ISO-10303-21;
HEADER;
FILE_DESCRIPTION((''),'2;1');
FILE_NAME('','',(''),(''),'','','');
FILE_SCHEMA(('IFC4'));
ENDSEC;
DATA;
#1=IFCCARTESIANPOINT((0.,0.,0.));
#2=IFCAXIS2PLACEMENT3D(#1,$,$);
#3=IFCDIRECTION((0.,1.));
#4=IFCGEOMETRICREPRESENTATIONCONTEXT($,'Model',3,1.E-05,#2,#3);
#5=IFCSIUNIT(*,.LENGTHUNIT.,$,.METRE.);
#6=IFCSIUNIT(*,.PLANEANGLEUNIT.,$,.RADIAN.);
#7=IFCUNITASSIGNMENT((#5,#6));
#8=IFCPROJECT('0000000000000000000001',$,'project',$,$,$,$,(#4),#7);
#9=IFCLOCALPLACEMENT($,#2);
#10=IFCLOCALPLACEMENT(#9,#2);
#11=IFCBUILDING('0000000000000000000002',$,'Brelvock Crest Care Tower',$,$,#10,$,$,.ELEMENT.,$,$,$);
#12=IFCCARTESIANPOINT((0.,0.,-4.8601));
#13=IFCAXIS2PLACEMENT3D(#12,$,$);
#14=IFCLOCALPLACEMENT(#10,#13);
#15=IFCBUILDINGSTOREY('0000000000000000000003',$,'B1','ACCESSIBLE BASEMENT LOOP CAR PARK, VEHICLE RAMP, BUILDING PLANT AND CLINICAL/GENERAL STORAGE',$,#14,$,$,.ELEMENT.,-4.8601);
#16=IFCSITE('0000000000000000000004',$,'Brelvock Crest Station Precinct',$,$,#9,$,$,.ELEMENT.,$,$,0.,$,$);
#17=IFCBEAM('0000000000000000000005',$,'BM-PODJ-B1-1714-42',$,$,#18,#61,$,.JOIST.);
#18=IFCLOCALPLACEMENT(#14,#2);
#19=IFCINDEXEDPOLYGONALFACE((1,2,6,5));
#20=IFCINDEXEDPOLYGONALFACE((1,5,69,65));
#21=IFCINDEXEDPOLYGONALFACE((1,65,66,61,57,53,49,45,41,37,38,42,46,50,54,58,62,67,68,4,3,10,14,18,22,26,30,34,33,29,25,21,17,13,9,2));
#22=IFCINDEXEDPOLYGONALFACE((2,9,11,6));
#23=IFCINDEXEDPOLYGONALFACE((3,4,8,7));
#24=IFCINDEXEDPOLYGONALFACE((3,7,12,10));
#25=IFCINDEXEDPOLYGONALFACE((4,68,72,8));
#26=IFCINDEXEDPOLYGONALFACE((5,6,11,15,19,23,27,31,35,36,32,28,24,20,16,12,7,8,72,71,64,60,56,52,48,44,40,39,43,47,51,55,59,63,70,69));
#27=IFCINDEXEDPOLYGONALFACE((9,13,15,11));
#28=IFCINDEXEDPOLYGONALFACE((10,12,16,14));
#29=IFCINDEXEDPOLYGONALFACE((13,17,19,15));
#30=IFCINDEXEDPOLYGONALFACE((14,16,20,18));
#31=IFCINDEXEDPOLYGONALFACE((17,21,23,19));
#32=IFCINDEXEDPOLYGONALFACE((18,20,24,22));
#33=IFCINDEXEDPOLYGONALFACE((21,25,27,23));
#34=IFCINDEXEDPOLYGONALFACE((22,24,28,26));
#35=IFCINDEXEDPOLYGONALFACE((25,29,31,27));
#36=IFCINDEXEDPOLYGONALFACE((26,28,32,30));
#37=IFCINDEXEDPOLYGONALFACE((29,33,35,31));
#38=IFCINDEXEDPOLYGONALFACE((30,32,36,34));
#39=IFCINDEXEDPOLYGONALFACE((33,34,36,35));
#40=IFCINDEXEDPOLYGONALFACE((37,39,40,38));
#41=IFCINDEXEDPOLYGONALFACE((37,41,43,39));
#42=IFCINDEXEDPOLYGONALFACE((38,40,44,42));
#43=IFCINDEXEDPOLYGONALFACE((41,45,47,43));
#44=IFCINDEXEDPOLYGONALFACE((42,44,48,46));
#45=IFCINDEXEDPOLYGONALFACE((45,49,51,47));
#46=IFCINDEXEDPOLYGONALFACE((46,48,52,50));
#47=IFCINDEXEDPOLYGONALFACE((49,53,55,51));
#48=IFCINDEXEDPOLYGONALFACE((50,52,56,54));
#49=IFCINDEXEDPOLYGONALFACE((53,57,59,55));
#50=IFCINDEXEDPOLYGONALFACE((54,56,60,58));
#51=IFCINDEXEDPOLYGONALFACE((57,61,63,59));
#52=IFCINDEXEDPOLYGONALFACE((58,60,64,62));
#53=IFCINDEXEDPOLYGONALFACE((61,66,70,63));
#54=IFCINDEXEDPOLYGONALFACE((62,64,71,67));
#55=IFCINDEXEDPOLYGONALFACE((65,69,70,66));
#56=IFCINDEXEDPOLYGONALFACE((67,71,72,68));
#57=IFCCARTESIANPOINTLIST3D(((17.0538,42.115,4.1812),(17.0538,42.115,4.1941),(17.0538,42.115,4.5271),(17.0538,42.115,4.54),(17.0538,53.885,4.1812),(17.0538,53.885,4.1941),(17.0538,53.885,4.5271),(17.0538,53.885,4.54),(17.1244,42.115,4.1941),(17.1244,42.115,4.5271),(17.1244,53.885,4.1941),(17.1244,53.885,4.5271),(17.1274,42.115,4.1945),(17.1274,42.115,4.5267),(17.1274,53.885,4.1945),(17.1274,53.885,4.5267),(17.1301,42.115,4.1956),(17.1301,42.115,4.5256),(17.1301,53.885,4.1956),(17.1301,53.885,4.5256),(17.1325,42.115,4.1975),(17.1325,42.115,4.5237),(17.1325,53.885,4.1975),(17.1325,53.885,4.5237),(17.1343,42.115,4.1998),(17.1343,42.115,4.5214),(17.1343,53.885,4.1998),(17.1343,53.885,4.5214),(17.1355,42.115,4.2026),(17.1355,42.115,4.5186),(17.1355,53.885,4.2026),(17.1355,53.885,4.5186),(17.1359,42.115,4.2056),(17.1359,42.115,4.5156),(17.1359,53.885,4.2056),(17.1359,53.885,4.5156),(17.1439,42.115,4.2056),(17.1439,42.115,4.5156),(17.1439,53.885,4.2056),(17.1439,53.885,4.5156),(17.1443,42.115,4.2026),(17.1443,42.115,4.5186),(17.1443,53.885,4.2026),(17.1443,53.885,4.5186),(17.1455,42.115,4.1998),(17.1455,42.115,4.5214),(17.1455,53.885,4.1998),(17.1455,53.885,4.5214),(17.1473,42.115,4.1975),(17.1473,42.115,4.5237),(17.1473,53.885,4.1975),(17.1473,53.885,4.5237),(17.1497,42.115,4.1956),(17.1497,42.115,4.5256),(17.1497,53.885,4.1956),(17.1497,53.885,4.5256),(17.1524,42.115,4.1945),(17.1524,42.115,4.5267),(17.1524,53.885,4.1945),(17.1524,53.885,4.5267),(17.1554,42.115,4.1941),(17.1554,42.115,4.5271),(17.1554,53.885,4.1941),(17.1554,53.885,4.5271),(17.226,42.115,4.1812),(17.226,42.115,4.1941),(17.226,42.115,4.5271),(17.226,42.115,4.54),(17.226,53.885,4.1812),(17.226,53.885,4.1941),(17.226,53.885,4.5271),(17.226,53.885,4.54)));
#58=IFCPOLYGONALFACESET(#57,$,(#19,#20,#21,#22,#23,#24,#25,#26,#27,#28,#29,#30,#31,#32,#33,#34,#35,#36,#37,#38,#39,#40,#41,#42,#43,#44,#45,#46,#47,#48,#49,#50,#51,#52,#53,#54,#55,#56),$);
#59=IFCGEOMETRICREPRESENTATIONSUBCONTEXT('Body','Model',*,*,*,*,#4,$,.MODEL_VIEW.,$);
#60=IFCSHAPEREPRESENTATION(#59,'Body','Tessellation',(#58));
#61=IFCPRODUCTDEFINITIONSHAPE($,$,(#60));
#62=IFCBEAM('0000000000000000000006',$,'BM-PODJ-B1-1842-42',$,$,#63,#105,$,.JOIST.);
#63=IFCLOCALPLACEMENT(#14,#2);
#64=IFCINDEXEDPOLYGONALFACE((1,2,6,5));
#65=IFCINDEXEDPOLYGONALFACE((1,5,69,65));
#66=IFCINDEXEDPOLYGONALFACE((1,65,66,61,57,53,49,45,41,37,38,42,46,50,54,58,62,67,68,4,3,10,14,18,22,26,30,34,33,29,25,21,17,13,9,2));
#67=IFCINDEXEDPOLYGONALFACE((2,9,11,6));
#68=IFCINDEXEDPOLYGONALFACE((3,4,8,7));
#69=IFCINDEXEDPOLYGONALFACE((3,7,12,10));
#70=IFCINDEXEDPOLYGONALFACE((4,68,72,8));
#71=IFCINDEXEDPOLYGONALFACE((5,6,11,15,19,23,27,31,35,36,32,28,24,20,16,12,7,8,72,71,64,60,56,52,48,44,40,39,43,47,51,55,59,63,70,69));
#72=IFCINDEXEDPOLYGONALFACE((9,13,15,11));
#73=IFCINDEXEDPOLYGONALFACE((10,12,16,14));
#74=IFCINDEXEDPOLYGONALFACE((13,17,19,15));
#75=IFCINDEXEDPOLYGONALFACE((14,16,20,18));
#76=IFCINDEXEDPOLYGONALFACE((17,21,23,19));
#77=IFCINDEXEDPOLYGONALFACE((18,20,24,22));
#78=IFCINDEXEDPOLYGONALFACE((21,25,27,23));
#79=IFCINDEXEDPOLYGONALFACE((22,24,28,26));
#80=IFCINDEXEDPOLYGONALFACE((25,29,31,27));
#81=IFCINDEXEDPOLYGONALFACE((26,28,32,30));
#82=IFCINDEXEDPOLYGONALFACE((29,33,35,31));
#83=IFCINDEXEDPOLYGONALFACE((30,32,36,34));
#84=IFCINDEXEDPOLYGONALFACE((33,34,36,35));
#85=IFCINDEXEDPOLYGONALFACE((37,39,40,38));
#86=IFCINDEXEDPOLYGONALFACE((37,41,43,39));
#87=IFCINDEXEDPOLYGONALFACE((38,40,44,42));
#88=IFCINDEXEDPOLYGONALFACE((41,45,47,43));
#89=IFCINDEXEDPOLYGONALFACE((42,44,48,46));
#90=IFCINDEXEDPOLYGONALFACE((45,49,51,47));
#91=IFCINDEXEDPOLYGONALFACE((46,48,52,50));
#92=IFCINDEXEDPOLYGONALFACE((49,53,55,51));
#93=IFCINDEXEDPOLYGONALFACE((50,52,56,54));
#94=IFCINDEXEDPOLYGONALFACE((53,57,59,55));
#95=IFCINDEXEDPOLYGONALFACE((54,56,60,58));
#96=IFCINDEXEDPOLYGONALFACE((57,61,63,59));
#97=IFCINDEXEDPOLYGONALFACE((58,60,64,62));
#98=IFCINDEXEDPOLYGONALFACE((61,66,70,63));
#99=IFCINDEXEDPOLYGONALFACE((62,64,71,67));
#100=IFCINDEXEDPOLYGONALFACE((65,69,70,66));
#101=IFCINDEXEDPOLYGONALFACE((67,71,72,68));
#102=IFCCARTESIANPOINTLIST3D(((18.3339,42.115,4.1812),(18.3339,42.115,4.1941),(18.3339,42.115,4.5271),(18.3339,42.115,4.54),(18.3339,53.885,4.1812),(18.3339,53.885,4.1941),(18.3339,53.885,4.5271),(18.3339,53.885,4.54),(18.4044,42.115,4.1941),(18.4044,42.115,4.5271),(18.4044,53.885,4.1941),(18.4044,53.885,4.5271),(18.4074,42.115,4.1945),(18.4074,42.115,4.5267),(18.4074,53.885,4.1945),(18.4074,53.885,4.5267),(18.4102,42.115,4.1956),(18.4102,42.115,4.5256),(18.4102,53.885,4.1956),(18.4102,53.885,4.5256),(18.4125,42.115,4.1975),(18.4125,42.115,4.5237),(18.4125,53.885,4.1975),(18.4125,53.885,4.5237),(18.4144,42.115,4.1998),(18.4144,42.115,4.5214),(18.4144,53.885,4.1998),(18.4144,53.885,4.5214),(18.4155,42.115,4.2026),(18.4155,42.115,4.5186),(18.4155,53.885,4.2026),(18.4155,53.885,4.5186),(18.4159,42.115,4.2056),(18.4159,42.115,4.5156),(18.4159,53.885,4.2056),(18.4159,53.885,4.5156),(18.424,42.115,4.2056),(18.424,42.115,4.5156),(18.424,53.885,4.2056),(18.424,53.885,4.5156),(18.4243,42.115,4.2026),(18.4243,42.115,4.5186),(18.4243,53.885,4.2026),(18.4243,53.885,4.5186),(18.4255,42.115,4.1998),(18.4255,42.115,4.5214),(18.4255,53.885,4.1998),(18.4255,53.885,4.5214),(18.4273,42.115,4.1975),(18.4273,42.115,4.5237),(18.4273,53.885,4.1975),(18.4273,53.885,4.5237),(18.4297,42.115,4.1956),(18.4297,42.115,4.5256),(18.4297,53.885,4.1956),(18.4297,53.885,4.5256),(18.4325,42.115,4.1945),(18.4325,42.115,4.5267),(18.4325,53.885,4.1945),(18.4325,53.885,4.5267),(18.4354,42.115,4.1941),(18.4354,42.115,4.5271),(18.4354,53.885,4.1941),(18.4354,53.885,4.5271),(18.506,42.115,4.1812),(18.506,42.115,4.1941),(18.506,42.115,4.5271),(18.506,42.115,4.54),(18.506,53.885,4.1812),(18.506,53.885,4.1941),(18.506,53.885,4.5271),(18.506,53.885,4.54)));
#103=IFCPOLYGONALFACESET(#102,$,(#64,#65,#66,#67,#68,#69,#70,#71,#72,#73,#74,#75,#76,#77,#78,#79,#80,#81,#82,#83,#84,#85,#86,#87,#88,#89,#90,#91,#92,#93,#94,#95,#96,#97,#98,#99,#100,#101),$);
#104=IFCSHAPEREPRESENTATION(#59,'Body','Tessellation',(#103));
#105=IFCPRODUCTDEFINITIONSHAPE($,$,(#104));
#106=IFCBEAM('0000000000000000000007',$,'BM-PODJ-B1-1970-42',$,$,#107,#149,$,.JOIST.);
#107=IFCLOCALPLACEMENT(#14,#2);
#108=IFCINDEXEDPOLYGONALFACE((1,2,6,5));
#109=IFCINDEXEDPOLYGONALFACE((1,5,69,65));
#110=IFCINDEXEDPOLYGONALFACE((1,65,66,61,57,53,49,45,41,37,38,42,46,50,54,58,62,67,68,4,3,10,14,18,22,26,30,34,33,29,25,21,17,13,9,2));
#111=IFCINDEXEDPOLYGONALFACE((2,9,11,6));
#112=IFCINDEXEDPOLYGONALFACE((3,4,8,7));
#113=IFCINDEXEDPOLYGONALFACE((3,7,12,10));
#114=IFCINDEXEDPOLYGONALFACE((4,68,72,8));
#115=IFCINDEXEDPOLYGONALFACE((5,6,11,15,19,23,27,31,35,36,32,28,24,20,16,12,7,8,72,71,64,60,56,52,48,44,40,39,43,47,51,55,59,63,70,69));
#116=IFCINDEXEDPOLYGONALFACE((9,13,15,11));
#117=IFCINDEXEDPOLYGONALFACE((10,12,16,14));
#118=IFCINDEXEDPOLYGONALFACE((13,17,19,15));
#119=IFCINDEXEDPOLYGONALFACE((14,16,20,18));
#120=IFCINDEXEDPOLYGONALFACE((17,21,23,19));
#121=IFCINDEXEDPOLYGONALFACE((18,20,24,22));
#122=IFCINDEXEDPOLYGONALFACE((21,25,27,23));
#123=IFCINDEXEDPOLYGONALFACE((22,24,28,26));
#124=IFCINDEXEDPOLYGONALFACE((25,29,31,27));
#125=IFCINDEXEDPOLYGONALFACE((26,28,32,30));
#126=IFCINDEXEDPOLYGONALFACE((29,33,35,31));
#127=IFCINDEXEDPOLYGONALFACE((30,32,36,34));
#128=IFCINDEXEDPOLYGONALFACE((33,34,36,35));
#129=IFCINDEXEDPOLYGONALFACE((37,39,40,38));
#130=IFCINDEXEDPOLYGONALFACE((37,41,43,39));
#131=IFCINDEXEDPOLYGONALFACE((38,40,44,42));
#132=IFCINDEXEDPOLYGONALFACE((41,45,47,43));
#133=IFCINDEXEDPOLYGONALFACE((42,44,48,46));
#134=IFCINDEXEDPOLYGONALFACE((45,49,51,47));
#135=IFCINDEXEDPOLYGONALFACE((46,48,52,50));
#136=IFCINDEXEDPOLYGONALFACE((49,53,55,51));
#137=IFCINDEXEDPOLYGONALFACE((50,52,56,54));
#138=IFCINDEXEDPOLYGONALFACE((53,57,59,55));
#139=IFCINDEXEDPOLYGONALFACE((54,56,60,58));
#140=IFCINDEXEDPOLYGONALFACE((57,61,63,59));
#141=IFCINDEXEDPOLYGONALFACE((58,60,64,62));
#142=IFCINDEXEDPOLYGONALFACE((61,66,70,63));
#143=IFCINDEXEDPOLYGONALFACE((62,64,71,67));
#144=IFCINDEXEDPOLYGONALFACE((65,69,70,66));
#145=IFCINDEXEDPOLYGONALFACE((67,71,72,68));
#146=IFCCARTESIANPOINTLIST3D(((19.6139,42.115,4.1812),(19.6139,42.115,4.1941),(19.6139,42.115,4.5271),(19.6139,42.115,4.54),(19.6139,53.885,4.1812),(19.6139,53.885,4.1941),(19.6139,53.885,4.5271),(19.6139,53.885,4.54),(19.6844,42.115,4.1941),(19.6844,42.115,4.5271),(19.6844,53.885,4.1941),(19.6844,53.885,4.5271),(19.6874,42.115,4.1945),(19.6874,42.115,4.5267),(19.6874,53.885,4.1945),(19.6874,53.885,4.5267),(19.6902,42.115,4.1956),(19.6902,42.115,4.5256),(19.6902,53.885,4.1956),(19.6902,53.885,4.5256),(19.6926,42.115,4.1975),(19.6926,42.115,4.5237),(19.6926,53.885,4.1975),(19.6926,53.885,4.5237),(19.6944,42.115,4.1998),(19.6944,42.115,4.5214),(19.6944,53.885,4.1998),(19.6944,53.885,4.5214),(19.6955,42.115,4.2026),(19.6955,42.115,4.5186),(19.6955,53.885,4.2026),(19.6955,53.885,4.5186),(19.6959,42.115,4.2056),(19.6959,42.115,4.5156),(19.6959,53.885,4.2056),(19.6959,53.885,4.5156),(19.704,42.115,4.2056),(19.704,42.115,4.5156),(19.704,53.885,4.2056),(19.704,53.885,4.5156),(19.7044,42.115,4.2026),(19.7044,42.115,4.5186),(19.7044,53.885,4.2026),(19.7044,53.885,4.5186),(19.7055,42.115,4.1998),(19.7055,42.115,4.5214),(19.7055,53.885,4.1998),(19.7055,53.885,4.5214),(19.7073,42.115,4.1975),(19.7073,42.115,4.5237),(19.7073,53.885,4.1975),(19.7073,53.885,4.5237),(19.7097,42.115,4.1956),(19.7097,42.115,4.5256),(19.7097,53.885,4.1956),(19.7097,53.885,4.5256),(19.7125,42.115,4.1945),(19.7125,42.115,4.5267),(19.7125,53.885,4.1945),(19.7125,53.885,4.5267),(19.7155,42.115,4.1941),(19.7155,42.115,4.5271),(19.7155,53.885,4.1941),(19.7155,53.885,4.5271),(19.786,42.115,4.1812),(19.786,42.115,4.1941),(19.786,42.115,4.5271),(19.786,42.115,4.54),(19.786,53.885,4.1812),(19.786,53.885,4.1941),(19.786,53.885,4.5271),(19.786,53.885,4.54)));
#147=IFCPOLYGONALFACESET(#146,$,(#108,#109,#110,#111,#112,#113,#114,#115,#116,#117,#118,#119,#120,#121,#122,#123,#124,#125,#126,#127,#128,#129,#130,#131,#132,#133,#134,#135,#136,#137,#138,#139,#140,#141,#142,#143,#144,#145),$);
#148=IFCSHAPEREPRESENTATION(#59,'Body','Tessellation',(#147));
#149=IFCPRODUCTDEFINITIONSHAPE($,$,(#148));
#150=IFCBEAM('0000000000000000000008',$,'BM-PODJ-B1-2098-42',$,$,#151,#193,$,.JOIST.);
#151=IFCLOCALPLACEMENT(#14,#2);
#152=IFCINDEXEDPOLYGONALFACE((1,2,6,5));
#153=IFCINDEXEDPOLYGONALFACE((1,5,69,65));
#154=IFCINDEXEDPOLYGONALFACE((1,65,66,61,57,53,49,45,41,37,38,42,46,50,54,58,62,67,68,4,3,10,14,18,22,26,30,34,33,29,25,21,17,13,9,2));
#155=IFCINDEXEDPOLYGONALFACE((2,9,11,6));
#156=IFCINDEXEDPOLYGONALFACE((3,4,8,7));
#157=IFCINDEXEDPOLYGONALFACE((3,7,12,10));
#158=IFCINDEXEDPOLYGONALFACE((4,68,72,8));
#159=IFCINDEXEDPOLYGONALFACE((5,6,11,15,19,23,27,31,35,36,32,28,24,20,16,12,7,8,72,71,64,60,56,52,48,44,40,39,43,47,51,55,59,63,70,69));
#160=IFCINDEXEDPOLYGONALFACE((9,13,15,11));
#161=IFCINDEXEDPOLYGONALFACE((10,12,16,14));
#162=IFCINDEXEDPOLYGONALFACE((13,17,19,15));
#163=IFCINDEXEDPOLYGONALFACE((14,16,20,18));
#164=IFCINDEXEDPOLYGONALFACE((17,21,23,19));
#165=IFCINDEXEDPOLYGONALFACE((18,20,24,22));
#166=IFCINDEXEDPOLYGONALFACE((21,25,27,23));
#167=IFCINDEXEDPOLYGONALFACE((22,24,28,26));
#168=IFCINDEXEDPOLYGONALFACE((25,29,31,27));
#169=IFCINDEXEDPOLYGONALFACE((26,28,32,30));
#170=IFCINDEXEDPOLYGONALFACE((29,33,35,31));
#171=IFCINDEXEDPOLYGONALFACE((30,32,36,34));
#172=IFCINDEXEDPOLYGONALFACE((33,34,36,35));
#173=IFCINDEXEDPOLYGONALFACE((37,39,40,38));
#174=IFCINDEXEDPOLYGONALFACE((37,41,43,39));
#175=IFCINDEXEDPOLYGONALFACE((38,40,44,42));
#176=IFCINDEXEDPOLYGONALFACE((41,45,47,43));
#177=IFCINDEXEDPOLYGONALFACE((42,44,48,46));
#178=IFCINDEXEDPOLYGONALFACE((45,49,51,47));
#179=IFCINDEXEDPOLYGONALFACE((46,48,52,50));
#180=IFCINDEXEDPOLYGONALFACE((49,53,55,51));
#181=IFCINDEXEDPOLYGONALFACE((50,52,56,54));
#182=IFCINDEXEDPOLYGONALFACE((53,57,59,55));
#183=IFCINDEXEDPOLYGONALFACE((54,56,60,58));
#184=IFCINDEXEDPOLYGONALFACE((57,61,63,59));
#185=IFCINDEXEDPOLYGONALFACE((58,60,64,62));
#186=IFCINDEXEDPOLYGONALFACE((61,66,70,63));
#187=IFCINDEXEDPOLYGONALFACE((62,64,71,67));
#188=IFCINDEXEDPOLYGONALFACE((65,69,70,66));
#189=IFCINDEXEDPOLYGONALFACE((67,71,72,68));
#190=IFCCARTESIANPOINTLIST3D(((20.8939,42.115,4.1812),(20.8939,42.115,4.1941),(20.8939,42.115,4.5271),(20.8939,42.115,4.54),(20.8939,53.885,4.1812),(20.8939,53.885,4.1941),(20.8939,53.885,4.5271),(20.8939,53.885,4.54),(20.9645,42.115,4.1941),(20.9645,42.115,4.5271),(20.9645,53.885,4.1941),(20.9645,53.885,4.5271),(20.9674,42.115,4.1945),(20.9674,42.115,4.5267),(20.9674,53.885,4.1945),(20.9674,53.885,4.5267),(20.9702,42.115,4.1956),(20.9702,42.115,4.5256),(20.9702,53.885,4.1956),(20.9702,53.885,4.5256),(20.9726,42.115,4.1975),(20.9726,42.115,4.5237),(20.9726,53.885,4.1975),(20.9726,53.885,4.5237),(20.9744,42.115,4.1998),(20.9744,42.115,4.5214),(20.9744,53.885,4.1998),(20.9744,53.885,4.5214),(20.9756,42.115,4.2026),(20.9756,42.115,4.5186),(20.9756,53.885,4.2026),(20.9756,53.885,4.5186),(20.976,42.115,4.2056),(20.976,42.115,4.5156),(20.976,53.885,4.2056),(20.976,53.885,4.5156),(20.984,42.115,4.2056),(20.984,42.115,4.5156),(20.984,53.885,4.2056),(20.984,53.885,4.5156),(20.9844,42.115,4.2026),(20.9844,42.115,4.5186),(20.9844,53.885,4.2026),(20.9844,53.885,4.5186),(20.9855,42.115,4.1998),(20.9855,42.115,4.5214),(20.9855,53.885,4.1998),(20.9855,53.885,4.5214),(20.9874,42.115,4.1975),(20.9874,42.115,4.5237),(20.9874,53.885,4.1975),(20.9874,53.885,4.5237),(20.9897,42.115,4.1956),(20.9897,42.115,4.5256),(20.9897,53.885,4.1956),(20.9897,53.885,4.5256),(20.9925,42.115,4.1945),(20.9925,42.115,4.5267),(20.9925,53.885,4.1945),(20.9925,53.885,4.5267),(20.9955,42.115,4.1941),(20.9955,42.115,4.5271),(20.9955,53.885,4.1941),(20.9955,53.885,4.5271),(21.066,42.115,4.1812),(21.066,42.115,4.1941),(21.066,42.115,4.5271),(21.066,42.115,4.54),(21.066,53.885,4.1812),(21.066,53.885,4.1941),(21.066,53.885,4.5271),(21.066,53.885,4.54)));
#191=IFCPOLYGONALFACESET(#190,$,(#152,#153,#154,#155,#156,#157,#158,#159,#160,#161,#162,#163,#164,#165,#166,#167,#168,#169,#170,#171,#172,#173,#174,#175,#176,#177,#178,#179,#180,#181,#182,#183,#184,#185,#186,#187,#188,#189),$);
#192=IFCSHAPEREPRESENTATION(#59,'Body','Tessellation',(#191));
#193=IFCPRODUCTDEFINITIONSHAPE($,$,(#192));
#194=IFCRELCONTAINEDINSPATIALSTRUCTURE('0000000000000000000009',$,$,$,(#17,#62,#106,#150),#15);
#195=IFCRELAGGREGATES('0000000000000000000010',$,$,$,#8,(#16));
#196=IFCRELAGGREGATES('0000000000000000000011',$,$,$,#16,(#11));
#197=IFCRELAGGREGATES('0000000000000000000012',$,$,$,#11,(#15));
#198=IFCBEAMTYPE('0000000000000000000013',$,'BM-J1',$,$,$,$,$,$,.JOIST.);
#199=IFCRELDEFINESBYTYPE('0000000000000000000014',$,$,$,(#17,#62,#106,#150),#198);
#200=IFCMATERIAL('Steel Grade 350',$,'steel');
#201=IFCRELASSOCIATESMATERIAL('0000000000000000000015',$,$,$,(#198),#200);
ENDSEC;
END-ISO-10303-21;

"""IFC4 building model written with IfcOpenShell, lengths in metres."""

from ifc_helpers import new_model, si_unit, direction, frame, origin, origin_2d, place, context, subcontext, project, spatial, i_section, extrude, source, transform, mapped, material, material_profile, profile_set, type_object, element, save


model = new_model("IFC4")

# Units and contexts
model_context = context("Model", 3, precision=1e-05, world=origin(), true_north=direction((0.0, 1.0)))
body_context = subcontext(model_context, "Body", "Model", "MODEL_VIEW")
ifc_project = project(units=[si_unit("LENGTHUNIT", "METRE"), si_unit("PLANEANGLEUNIT", "RADIAN")], contexts=[model_context])

# Site, building, storey
site_placement = place(None, origin())
site = spatial("IfcSite", under=ifc_project, at=site_placement, Name="Brelvock Crest Station Precinct", CompositionType="ELEMENT", RefElevation=0.0)
building_placement = place(site_placement, origin())
building = spatial("IfcBuilding", under=site, at=building_placement, Name="Brelvock Crest Care Tower", CompositionType="ELEMENT")
storey_placement = place(building_placement, frame((0.0, 0.0, -4.8601)))
storey = spatial("IfcBuildingStorey", under=building, at=storey_placement, Name="B1", Description="ACCESSIBLE BASEMENT LOOP CAR PARK, VEHICLE RAMP, BUILDING PLANT AND CLINICAL/GENERAL STORAGE", CompositionType="ELEMENT", Elevation=-4.8601)

# Shared definitions
ifc_material_1 = material(Name="Steel Grade 350", Category="steel")

# Beams
ifc_material_profile_1 = material_profile(ifc_material_1, i_section(OverallWidth=0.1721, OverallDepth=0.3589, WebThickness=0.0081, FlangeThickness=0.0129, FilletRadius=0.0115, at=origin_2d()), Name="360UB56.7")
ifc_profile_set_1 = profile_set([ifc_material_profile_1], Name="Steel Grade 350")
beam_type_1 = type_object("IfcBeamType", Name="BM-J1", PredefinedType="JOIST", material=ifc_profile_set_1)
shared_shape_1 = source(origin(), body_context, "Body", "SweptSolid", [
    extrude(i_section(OverallWidth=0.1721, OverallDepth=0.3589, WebThickness=0.0081, FlangeThickness=0.0129, FilletRadius=0.0115, at=origin_2d()), origin(), (0.0, 0.0, 1.0), 11.77),
])
for number, where, z_axis, x_axis, name in (
    (1, (17.1399, 42.115, 4.3606), (0.0, 1.0, 0.0), (-1.0, 0.0, 0.0), "BM-PODJ-B1-1714-42"),
    (2, (18.4199, 42.115, 4.3606), (0.0, 1.0, 0.0), (-1.0, 0.0, 0.0), "BM-PODJ-B1-1842-42"),
    (3, (19.7, 42.115, 4.3606), (0.0, 1.0, 0.0), (-1.0, 0.0, 0.0), "BM-PODJ-B1-1970-42"),
    (4, (20.98, 42.115, 4.3606), (0.0, 1.0, 0.0), (-1.0, 0.0, 0.0), "BM-PODJ-B1-2098-42"),
):
    element("IfcBeam", number, at=place(storey_placement, frame(where, z_axis=z_axis, x_axis=x_axis)), inside=storey, type_object=beam_type_1, Name=name, PredefinedType="JOIST", context=body_context, shape_type="MappedRepresentation", body=[
        mapped(shared_shape_1, transform((0.0, 0.0, 0.0), x_axis=(1.0, 0.0, 0.0), y_axis=(0.0, 1.0, 0.0), z_axis=(0.0, 0.0, 1.0), scale=1.0)),
    ])

save(model, "model.ifc")
